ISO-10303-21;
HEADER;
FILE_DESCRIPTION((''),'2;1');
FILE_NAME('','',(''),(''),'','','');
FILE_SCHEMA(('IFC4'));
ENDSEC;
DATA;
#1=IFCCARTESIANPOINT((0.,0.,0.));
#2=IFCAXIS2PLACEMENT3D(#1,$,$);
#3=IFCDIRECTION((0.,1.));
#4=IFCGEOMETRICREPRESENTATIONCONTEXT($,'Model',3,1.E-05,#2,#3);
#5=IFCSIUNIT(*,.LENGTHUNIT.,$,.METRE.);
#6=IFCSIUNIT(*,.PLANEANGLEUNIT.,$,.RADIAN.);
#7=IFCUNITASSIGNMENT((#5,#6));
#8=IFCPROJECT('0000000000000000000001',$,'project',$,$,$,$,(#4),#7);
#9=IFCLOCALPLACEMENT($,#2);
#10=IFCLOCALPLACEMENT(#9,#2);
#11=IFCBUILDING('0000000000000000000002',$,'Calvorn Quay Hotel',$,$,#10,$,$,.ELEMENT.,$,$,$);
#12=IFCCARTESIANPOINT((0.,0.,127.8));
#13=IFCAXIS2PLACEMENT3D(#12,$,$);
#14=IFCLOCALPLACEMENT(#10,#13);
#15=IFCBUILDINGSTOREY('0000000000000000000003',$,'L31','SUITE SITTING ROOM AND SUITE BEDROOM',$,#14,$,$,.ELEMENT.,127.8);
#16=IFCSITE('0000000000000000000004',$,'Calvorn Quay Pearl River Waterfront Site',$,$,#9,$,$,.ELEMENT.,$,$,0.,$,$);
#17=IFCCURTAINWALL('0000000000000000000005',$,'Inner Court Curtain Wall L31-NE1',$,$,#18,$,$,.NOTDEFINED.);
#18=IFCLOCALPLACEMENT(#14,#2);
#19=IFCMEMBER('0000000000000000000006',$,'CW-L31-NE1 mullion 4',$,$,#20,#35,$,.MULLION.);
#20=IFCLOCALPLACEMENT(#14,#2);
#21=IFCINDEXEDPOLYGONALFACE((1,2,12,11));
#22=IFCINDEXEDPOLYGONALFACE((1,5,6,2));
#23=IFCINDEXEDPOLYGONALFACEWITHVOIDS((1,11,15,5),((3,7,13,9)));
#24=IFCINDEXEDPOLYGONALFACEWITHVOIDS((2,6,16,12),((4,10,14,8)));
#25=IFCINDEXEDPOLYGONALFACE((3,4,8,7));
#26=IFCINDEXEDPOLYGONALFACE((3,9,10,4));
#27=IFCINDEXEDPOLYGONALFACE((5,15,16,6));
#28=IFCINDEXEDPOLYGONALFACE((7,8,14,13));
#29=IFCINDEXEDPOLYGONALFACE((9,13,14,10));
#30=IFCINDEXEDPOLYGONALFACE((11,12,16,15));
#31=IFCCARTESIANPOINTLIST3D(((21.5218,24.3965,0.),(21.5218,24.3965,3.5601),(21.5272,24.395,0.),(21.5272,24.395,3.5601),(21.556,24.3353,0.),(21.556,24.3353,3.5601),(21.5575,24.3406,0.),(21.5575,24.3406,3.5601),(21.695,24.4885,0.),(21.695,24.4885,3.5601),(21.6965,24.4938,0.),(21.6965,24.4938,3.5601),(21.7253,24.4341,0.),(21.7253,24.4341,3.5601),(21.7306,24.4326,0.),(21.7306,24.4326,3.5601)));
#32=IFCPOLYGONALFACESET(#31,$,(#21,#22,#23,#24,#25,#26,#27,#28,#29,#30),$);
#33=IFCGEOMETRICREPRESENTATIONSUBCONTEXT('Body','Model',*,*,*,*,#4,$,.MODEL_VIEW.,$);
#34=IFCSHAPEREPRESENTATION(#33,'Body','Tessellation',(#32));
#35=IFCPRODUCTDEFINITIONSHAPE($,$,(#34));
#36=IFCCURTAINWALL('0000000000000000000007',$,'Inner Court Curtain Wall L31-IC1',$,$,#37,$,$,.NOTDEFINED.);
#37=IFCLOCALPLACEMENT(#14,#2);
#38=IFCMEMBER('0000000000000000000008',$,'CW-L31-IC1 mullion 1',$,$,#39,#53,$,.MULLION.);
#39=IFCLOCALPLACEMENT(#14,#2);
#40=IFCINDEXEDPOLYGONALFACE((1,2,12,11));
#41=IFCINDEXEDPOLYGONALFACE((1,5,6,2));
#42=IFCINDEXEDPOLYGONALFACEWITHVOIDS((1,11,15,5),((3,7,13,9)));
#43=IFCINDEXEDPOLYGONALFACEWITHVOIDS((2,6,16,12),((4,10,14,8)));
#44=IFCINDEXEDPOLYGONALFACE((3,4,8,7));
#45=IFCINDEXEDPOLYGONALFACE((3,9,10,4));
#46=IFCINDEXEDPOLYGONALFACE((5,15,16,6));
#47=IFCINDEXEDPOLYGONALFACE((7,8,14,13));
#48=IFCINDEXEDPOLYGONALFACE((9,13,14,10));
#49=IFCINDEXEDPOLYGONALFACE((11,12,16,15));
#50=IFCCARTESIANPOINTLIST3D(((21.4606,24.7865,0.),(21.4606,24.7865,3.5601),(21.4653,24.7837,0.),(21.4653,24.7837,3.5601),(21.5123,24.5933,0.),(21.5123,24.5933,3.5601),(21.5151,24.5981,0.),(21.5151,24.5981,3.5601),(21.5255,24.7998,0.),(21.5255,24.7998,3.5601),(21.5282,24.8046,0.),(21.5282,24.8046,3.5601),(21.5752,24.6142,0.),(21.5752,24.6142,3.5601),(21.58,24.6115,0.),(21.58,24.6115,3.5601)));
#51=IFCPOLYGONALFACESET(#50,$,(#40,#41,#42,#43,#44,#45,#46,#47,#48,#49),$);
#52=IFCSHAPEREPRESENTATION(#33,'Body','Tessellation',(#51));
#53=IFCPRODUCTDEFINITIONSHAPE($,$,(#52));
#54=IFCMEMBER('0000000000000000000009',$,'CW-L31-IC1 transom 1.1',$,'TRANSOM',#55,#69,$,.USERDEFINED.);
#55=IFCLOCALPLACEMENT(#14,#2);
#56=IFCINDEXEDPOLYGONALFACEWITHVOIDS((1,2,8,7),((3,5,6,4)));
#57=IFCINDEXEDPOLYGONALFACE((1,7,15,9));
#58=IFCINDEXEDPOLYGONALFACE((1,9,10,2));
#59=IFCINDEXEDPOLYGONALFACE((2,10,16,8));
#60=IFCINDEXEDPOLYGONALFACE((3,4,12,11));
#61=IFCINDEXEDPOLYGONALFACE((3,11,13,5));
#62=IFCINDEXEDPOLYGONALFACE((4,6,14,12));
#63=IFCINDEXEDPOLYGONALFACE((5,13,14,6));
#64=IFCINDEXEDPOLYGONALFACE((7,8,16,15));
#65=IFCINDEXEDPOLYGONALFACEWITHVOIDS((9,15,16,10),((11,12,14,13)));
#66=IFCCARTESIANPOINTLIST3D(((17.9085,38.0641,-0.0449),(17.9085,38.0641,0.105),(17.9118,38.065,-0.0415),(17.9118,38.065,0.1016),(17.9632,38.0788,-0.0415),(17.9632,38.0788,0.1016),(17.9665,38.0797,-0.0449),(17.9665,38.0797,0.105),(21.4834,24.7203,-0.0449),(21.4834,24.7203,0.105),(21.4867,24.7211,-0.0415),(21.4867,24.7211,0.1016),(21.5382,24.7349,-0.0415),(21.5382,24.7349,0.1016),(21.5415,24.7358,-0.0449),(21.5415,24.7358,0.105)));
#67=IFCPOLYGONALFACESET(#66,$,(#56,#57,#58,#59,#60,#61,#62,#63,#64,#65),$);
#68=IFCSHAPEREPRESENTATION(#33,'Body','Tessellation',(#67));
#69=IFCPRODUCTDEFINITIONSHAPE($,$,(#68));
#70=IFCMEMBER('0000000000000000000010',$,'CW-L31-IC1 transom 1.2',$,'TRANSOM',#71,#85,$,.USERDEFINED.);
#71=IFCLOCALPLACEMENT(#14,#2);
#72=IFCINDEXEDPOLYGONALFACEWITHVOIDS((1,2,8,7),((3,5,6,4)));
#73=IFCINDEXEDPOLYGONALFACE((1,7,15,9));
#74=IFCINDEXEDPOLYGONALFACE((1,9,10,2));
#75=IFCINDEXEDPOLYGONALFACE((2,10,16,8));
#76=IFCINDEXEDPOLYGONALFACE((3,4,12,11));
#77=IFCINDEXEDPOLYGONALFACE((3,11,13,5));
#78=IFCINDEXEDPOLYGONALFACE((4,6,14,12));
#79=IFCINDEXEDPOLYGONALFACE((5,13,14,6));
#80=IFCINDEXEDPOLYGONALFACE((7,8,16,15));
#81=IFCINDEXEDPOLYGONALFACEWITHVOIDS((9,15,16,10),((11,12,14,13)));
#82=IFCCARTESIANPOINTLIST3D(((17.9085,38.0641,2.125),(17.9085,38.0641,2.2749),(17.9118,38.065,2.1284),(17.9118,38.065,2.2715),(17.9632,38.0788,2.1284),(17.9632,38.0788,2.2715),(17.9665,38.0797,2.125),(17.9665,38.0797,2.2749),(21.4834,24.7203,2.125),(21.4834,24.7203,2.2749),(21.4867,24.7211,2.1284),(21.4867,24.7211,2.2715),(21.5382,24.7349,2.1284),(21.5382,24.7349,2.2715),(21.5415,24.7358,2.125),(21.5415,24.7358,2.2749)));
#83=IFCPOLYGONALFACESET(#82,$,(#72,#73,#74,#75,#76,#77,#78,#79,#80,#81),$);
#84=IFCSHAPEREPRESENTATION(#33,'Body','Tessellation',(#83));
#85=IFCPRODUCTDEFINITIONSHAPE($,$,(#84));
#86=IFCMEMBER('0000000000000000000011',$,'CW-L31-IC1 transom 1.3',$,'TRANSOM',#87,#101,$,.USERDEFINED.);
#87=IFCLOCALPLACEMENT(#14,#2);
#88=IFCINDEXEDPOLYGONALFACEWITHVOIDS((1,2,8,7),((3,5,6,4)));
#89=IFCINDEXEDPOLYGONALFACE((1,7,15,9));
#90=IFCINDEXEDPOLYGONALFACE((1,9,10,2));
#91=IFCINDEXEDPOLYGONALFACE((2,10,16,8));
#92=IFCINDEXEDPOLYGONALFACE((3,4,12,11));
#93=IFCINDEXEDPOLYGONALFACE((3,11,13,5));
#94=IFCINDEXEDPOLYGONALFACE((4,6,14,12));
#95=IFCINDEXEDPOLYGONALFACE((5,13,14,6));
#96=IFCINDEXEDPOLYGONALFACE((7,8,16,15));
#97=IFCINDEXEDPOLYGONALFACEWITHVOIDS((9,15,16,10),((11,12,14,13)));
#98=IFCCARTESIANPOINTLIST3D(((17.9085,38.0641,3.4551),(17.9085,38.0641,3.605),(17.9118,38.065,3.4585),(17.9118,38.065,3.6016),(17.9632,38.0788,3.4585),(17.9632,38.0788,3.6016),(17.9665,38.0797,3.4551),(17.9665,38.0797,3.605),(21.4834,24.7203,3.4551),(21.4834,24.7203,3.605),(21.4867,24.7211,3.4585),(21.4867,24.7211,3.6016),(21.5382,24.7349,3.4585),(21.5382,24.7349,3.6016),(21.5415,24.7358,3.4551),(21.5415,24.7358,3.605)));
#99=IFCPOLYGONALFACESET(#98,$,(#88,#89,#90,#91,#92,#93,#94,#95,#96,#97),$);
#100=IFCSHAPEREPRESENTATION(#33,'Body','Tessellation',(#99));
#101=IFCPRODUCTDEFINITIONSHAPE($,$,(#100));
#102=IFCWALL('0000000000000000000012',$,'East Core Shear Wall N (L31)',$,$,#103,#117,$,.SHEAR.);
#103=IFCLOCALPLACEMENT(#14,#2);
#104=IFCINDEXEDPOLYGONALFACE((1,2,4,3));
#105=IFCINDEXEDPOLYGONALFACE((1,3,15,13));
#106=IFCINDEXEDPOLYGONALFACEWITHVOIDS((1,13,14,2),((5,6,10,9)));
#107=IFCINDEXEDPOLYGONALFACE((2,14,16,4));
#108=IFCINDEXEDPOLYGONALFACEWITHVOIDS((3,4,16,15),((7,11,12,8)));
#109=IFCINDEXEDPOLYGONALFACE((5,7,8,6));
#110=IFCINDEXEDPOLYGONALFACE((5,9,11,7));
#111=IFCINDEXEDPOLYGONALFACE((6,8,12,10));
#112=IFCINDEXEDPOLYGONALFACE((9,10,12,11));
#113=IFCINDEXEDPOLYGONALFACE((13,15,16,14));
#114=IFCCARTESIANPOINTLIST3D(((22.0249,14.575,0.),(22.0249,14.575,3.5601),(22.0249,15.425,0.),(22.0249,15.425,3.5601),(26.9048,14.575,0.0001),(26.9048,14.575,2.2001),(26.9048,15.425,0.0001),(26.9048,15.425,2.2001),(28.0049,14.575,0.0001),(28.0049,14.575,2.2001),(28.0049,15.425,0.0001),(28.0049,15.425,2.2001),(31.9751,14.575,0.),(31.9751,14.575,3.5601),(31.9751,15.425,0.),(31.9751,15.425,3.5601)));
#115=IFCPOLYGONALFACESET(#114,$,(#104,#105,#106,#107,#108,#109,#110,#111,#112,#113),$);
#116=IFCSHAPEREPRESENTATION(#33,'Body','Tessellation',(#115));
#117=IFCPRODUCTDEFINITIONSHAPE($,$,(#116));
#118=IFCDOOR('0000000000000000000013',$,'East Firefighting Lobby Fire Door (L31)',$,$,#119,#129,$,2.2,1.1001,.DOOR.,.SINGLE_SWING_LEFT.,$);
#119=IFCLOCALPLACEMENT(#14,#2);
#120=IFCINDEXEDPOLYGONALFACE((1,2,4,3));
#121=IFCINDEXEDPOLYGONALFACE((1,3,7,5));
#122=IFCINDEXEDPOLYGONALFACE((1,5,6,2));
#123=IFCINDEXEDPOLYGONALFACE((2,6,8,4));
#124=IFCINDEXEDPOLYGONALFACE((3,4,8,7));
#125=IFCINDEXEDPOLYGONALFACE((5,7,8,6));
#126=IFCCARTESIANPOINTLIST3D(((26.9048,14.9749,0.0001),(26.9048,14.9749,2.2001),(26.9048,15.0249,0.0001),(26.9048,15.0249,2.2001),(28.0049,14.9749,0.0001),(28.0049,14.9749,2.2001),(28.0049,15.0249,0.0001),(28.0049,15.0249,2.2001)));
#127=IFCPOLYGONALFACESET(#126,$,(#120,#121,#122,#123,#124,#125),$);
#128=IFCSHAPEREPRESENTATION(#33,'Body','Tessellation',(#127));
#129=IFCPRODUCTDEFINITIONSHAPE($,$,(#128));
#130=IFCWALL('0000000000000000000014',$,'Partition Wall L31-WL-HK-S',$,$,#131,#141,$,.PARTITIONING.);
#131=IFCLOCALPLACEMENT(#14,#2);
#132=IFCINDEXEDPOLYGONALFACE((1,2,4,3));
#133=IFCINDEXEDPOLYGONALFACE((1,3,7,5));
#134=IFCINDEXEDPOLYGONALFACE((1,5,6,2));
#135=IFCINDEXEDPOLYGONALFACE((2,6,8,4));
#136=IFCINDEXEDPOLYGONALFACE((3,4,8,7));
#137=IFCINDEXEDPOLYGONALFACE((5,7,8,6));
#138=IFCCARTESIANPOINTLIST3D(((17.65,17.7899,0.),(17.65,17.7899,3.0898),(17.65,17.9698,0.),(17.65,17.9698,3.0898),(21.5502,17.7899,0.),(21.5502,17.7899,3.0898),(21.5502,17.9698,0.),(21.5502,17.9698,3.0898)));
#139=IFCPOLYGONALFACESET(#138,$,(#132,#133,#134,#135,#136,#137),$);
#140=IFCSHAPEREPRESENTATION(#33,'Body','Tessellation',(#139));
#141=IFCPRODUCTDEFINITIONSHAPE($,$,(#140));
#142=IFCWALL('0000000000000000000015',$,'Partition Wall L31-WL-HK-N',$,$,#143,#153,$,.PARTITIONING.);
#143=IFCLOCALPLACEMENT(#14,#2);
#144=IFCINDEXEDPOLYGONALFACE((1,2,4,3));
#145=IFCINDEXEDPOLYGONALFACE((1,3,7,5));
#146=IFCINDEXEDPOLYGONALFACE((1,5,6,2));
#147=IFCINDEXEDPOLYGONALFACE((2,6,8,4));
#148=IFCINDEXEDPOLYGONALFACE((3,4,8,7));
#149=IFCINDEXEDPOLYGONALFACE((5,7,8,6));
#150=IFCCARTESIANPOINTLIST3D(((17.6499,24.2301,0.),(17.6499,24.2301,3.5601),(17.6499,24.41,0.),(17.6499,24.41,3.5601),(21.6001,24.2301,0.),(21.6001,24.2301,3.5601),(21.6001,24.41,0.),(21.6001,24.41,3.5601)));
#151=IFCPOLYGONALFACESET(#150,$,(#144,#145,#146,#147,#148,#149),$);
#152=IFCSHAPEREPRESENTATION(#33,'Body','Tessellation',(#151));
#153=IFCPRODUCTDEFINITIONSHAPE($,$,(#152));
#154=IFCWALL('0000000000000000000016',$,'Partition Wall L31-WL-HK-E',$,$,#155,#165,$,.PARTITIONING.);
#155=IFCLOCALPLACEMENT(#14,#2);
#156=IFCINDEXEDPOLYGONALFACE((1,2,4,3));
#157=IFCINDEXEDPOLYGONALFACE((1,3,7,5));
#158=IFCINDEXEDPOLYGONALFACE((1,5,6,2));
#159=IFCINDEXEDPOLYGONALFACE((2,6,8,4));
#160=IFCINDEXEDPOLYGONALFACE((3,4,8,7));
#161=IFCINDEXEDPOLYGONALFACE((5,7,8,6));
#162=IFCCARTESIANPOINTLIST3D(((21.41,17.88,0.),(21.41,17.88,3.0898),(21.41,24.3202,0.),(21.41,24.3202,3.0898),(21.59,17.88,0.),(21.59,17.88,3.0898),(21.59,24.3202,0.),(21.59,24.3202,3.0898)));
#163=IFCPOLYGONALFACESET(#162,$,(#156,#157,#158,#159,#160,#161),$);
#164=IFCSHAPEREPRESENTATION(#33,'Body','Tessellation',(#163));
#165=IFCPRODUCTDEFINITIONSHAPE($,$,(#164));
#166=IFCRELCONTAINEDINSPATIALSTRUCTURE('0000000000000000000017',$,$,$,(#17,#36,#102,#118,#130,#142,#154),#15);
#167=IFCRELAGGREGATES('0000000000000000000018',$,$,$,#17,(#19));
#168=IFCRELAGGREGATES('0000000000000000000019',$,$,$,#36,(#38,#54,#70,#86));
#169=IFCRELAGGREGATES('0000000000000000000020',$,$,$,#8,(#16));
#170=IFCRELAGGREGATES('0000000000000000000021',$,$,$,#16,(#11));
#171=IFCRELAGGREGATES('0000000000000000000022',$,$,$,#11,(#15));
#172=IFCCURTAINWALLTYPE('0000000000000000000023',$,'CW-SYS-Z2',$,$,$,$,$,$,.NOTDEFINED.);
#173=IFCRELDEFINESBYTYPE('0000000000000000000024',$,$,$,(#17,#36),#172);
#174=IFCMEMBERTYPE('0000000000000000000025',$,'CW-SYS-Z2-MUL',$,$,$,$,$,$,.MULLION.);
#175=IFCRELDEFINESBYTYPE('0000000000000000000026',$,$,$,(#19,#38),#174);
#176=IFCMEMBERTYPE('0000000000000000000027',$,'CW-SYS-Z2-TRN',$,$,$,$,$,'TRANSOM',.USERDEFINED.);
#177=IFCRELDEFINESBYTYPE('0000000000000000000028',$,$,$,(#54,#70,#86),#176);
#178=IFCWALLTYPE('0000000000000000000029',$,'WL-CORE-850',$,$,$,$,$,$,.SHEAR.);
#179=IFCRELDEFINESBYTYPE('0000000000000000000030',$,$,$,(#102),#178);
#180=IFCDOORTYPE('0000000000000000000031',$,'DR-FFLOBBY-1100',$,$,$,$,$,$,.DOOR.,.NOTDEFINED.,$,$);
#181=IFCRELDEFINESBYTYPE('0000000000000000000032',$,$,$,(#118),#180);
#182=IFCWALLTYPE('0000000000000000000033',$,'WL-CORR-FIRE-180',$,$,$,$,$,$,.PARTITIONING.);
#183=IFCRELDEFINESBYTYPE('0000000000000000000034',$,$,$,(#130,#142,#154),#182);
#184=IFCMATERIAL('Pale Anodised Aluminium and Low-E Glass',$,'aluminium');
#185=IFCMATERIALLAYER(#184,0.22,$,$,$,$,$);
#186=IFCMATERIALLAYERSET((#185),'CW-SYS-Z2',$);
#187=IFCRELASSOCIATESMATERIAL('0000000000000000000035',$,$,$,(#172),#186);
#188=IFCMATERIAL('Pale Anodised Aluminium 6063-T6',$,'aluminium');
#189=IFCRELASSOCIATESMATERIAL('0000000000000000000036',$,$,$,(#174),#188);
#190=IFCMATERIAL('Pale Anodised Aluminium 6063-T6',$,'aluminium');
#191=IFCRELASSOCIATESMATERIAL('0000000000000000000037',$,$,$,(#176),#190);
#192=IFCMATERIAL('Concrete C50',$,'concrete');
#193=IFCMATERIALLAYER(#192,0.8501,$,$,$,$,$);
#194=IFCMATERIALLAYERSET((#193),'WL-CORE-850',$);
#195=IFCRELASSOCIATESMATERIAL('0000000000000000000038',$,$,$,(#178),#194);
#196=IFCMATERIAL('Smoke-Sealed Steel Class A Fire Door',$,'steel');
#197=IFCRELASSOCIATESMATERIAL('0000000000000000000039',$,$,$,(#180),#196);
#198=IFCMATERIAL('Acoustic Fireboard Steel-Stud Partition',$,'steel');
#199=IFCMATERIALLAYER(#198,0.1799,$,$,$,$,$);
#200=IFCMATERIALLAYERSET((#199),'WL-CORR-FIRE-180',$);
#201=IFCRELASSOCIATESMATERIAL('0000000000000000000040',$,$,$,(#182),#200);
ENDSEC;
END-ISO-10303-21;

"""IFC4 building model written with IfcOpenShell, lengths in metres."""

from ifc_helpers import new_model, si_unit, direction, frame, frame_2d, origin, origin_2d, place, context, subcontext, project, spatial, rectangle, hollow_rectangle, extrude, material, layer, layer_set, material_profile, profile_set, type_object, element, fill, aggregate, save


model = new_model("IFC4")

# Units and contexts
model_context = context("Model", 3, precision=1e-05, world=origin(), true_north=direction((0.0, 1.0)))
body_context = subcontext(model_context, "Body", "Model", "MODEL_VIEW")
ifc_project = project(units=[si_unit("LENGTHUNIT", "METRE"), si_unit("PLANEANGLEUNIT", "RADIAN")], contexts=[model_context])

# Site, building, storey
site_placement = place(None, origin())
site = spatial("IfcSite", under=ifc_project, at=site_placement, Name="Calvorn Quay Pearl River Waterfront Site", CompositionType="ELEMENT", RefElevation=0.0)
building_placement = place(site_placement, origin())
building = spatial("IfcBuilding", under=site, at=building_placement, Name="Calvorn Quay Hotel", CompositionType="ELEMENT")
storey_placement = place(building_placement, frame((0.0, 0.0, 127.8)))
storey = spatial("IfcBuildingStorey", under=building, at=storey_placement, Name="L31", Description="SUITE SITTING ROOM AND SUITE BEDROOM", CompositionType="ELEMENT", Elevation=127.8)

# Curtain wall, member
ifc_material_1 = material(Name="Pale Anodised Aluminium and Low-E Glass", Category="aluminium")
ifc_layer_1 = layer(ifc_material_1, 0.22)
ifc_layer_set_1 = layer_set([ifc_layer_1], Name="CW-SYS-Z2")
curtain_wall_type = type_object("IfcCurtainWallType", Name="CW-SYS-Z2", PredefinedType="NOTDEFINED", material=ifc_layer_set_1)
curtain_wall_1_placement = place(storey_placement, origin())
curtain_wall_1 = element("IfcCurtainWall", 1, at=curtain_wall_1_placement, inside=storey, type_object=curtain_wall_type, Name="Inner Court Curtain Wall L31-NE1", PredefinedType="NOTDEFINED")
ifc_material_2 = material(Name="Pale Anodised Aluminium 6063-T6", Category="aluminium")
ifc_material_profile_1 = material_profile(ifc_material_2, hollow_rectangle(XDim=0.0701, YDim=0.2, WallThickness=0.0039, at=origin_2d()), Name="ALU-M200x70x4")
ifc_profile_set_1 = profile_set([ifc_material_profile_1], Name="Pale Anodised Aluminium 6063-T6")
member_type_1 = type_object("IfcMemberType", Name="CW-SYS-Z2-MUL", PredefinedType="MULLION", material=ifc_profile_set_1)
member_1_placement = place(storey_placement, frame((21.6262, 24.4146, 0.0), z_axis=(0.0, 0.0, 1.0), x_axis=(0.486858, -0.873481, 0.0)))
member_1 = element("IfcMember", 2, at=member_1_placement, type_object=member_type_1, Name="CW-L31-NE1 mullion 4", PredefinedType="MULLION", context=body_context, shape_type="SweptSolid", body=[
    extrude(hollow_rectangle(XDim=0.0701, YDim=0.2, WallThickness=0.0039, at=origin_2d()), origin(), (0.0, 0.0, 1.0), 3.5601),
])
aggregate(curtain_wall_1, [member_1])

# Curtain wall, members
curtain_wall_2_placement = place(storey_placement, origin())
curtain_wall_2 = element("IfcCurtainWall", 3, at=curtain_wall_2_placement, inside=storey, type_object=curtain_wall_type, Name="Inner Court Curtain Wall L31-IC1", PredefinedType="NOTDEFINED")
member_2_placement = place(storey_placement, frame((21.5203, 24.699, 0.0), z_axis=(0.0, 0.0, 1.0), x_axis=(-0.965937, -0.258779, 0.0)))
member_2 = element("IfcMember", 4, at=member_2_placement, type_object=member_type_1, Name="CW-L31-IC1 mullion 1", PredefinedType="MULLION", context=body_context, shape_type="SweptSolid", body=[
    extrude(hollow_rectangle(XDim=0.0701, YDim=0.2, WallThickness=0.0039, at=origin_2d()), origin(), (0.0, 0.0, 1.0), 3.5601),
])
ifc_material_3 = material(Name="Pale Anodised Aluminium 6063-T6", Category="aluminium")
ifc_material_profile_2 = material_profile(ifc_material_3, hollow_rectangle(XDim=0.0601, YDim=0.1499, WallThickness=0.0034, at=origin_2d()), Name="ALU-T150x60x3.5")
ifc_profile_set_2 = profile_set([ifc_material_profile_2], Name="Pale Anodised Aluminium 6063-T6")
member_type_2 = type_object("IfcMemberType", Name="CW-SYS-Z2-TRN", ElementType="TRANSOM", PredefinedType="USERDEFINED", material=ifc_profile_set_2)
member_3_placement = place(storey_placement, frame((21.5125, 24.728, 0.03), z_axis=(-0.258781, 0.965936, 0.0), x_axis=(-0.965936, -0.258781, 0.0)))
member_3 = element("IfcMember", 5, at=member_3_placement, type_object=member_type_2, Name="CW-L31-IC1 transom 1.1", ObjectType="TRANSOM", PredefinedType="USERDEFINED", context=body_context, shape_type="SweptSolid", body=[
    extrude(hollow_rectangle(XDim=0.0601, YDim=0.1499, WallThickness=0.0034, at=origin_2d()), origin(), (0.0, 0.0, 1.0), 13.8145),
])
member_4_placement = place(storey_placement, frame((21.5125, 24.728, 2.2), z_axis=(-0.258781, 0.965936, 0.0), x_axis=(-0.965936, -0.258781, 0.0)))
member_4 = element("IfcMember", 6, at=member_4_placement, type_object=member_type_2, Name="CW-L31-IC1 transom 1.2", ObjectType="TRANSOM", PredefinedType="USERDEFINED", context=body_context, shape_type="SweptSolid", body=[
    extrude(hollow_rectangle(XDim=0.0601, YDim=0.1499, WallThickness=0.0034, at=origin_2d()), origin(), (0.0, 0.0, 1.0), 13.8145),
])
member_5_placement = place(storey_placement, frame((21.5125, 24.728, 3.53), z_axis=(-0.258781, 0.965936, 0.0), x_axis=(-0.965936, -0.258781, 0.0)))
member_5 = element("IfcMember", 7, at=member_5_placement, type_object=member_type_2, Name="CW-L31-IC1 transom 1.3", ObjectType="TRANSOM", PredefinedType="USERDEFINED", context=body_context, shape_type="SweptSolid", body=[
    extrude(hollow_rectangle(XDim=0.0601, YDim=0.1499, WallThickness=0.0034, at=origin_2d()), origin(), (0.0, 0.0, 1.0), 13.8145),
])
aggregate(curtain_wall_2, [member_2, member_3, member_4, member_5])

# Wall, opening, door
ifc_material_4 = material(Name="Concrete C50", Category="concrete")
ifc_layer_2 = layer(ifc_material_4, 0.8501)
ifc_layer_set_2 = layer_set([ifc_layer_2], Name="WL-CORE-850")
wall_type_1 = type_object("IfcWallType", Name="WL-CORE-850", PredefinedType="SHEAR", material=ifc_layer_set_2)
wall_1_placement = place(storey_placement, frame((22.0249, 15.0, 0.0), z_axis=(0.0, 0.0, 1.0), x_axis=(1.0, 0.0, 0.0)))
wall_1 = element("IfcWall", 8, at=wall_1_placement, inside=storey, type_object=wall_type_1, Name="East Core Shear Wall N (L31)", PredefinedType="SHEAR", context=body_context, shape_type="SweptSolid", body=[
    extrude(rectangle(XDim=9.9502, YDim=0.8501, at=frame_2d((4.9751, 0.0))), origin(), (0.0, 0.0, 1.0), 3.5601),
])
opening_1_placement = place(wall_1_placement, frame((4.8799, 0.0, 0.0)))
opening_1 = element("IfcOpeningElement", 9, at=opening_1_placement, cuts=wall_1, PredefinedType="OPENING", context=body_context, shape_type="SweptSolid", body=[
    extrude(rectangle(XDim=1.1001, YDim=2.2, at=frame_2d((0.55, 1.1001))), frame((0.0, 0.4351, 0.0), z_axis=(0.0, -1.0, 0.0), x_axis=(1.0, 0.0, 0.0)), (0.0, 0.0, 1.0), 0.8701),
])
ifc_material_5 = material(Name="Smoke-Sealed Steel Class A Fire Door", Category="steel")
door_type_1 = type_object("IfcDoorType", Name="DR-FFLOBBY-1100", OperationType="NOTDEFINED", PredefinedType="DOOR", material=ifc_material_5)
door_1_placement = place(opening_1_placement, origin())
door_1 = element("IfcDoor", 10, at=door_1_placement, inside=storey, type_object=door_type_1, Name="East Firefighting Lobby Fire Door (L31)", OperationType="SINGLE_SWING_LEFT", OverallHeight=2.2, OverallWidth=1.1001, PredefinedType="DOOR", context=body_context, shape_type="SweptSolid", body=[
    extrude(rectangle(XDim=1.1001, YDim=2.2, at=frame_2d((0.55, 1.1001))), frame((0.0, 0.0249, 0.0), z_axis=(0.0, -1.0, 0.0), x_axis=(1.0, 0.0, 0.0)), (0.0, 0.0, 1.0), 0.05),
])
fill(opening_1, door_1)

# Walls
ifc_material_6 = material(Name="Acoustic Fireboard Steel-Stud Partition", Category="steel")
ifc_layer_3 = layer(ifc_material_6, 0.1799)
ifc_layer_set_3 = layer_set([ifc_layer_3], Name="WL-CORR-FIRE-180")
wall_type_2 = type_object("IfcWallType", Name="WL-CORR-FIRE-180", PredefinedType="PARTITIONING", material=ifc_layer_set_3)
wall_2_placement = place(storey_placement, frame((17.6499, 17.8799, 0.0), z_axis=(0.0, 0.0, 1.0), x_axis=(1.0, 0.0, 0.0)))
element("IfcWall", 11, at=wall_2_placement, inside=storey, type_object=wall_type_2, Name="Partition Wall L31-WL-HK-S", PredefinedType="PARTITIONING", context=body_context, shape_type="SweptSolid", body=[
    extrude(rectangle(XDim=3.9001, YDim=0.1799, at=frame_2d((1.9502, 0.0))), origin(), (0.0, 0.0, 1.0), 3.0898),
])
wall_3_placement = place(storey_placement, frame((17.6499, 24.3201, 0.0), z_axis=(0.0, 0.0, 1.0), x_axis=(1.0, 0.0, 0.0)))
element("IfcWall", 12, at=wall_3_placement, inside=storey, type_object=wall_type_2, Name="Partition Wall L31-WL-HK-N", PredefinedType="PARTITIONING", context=body_context, shape_type="SweptSolid", body=[
    extrude(rectangle(XDim=3.9502, YDim=0.1799, at=frame_2d((1.9751, 0.0))), origin(), (0.0, 0.0, 1.0), 3.5601),
])
wall_4_placement = place(storey_placement, frame((21.5, 17.8799, 0.0), z_axis=(0.0, 0.0, 1.0), x_axis=(0.0, 1.0, 0.0)))
element("IfcWall", 13, at=wall_4_placement, inside=storey, type_object=wall_type_2, Name="Partition Wall L31-WL-HK-E", PredefinedType="PARTITIONING", context=body_context, shape_type="SweptSolid", body=[
    extrude(rectangle(XDim=6.4402, YDim=0.1799, at=frame_2d((3.2202, 0.0))), origin(), (0.0, 0.0, 1.0), 3.0898),
])

save(model, "model.ifc")
